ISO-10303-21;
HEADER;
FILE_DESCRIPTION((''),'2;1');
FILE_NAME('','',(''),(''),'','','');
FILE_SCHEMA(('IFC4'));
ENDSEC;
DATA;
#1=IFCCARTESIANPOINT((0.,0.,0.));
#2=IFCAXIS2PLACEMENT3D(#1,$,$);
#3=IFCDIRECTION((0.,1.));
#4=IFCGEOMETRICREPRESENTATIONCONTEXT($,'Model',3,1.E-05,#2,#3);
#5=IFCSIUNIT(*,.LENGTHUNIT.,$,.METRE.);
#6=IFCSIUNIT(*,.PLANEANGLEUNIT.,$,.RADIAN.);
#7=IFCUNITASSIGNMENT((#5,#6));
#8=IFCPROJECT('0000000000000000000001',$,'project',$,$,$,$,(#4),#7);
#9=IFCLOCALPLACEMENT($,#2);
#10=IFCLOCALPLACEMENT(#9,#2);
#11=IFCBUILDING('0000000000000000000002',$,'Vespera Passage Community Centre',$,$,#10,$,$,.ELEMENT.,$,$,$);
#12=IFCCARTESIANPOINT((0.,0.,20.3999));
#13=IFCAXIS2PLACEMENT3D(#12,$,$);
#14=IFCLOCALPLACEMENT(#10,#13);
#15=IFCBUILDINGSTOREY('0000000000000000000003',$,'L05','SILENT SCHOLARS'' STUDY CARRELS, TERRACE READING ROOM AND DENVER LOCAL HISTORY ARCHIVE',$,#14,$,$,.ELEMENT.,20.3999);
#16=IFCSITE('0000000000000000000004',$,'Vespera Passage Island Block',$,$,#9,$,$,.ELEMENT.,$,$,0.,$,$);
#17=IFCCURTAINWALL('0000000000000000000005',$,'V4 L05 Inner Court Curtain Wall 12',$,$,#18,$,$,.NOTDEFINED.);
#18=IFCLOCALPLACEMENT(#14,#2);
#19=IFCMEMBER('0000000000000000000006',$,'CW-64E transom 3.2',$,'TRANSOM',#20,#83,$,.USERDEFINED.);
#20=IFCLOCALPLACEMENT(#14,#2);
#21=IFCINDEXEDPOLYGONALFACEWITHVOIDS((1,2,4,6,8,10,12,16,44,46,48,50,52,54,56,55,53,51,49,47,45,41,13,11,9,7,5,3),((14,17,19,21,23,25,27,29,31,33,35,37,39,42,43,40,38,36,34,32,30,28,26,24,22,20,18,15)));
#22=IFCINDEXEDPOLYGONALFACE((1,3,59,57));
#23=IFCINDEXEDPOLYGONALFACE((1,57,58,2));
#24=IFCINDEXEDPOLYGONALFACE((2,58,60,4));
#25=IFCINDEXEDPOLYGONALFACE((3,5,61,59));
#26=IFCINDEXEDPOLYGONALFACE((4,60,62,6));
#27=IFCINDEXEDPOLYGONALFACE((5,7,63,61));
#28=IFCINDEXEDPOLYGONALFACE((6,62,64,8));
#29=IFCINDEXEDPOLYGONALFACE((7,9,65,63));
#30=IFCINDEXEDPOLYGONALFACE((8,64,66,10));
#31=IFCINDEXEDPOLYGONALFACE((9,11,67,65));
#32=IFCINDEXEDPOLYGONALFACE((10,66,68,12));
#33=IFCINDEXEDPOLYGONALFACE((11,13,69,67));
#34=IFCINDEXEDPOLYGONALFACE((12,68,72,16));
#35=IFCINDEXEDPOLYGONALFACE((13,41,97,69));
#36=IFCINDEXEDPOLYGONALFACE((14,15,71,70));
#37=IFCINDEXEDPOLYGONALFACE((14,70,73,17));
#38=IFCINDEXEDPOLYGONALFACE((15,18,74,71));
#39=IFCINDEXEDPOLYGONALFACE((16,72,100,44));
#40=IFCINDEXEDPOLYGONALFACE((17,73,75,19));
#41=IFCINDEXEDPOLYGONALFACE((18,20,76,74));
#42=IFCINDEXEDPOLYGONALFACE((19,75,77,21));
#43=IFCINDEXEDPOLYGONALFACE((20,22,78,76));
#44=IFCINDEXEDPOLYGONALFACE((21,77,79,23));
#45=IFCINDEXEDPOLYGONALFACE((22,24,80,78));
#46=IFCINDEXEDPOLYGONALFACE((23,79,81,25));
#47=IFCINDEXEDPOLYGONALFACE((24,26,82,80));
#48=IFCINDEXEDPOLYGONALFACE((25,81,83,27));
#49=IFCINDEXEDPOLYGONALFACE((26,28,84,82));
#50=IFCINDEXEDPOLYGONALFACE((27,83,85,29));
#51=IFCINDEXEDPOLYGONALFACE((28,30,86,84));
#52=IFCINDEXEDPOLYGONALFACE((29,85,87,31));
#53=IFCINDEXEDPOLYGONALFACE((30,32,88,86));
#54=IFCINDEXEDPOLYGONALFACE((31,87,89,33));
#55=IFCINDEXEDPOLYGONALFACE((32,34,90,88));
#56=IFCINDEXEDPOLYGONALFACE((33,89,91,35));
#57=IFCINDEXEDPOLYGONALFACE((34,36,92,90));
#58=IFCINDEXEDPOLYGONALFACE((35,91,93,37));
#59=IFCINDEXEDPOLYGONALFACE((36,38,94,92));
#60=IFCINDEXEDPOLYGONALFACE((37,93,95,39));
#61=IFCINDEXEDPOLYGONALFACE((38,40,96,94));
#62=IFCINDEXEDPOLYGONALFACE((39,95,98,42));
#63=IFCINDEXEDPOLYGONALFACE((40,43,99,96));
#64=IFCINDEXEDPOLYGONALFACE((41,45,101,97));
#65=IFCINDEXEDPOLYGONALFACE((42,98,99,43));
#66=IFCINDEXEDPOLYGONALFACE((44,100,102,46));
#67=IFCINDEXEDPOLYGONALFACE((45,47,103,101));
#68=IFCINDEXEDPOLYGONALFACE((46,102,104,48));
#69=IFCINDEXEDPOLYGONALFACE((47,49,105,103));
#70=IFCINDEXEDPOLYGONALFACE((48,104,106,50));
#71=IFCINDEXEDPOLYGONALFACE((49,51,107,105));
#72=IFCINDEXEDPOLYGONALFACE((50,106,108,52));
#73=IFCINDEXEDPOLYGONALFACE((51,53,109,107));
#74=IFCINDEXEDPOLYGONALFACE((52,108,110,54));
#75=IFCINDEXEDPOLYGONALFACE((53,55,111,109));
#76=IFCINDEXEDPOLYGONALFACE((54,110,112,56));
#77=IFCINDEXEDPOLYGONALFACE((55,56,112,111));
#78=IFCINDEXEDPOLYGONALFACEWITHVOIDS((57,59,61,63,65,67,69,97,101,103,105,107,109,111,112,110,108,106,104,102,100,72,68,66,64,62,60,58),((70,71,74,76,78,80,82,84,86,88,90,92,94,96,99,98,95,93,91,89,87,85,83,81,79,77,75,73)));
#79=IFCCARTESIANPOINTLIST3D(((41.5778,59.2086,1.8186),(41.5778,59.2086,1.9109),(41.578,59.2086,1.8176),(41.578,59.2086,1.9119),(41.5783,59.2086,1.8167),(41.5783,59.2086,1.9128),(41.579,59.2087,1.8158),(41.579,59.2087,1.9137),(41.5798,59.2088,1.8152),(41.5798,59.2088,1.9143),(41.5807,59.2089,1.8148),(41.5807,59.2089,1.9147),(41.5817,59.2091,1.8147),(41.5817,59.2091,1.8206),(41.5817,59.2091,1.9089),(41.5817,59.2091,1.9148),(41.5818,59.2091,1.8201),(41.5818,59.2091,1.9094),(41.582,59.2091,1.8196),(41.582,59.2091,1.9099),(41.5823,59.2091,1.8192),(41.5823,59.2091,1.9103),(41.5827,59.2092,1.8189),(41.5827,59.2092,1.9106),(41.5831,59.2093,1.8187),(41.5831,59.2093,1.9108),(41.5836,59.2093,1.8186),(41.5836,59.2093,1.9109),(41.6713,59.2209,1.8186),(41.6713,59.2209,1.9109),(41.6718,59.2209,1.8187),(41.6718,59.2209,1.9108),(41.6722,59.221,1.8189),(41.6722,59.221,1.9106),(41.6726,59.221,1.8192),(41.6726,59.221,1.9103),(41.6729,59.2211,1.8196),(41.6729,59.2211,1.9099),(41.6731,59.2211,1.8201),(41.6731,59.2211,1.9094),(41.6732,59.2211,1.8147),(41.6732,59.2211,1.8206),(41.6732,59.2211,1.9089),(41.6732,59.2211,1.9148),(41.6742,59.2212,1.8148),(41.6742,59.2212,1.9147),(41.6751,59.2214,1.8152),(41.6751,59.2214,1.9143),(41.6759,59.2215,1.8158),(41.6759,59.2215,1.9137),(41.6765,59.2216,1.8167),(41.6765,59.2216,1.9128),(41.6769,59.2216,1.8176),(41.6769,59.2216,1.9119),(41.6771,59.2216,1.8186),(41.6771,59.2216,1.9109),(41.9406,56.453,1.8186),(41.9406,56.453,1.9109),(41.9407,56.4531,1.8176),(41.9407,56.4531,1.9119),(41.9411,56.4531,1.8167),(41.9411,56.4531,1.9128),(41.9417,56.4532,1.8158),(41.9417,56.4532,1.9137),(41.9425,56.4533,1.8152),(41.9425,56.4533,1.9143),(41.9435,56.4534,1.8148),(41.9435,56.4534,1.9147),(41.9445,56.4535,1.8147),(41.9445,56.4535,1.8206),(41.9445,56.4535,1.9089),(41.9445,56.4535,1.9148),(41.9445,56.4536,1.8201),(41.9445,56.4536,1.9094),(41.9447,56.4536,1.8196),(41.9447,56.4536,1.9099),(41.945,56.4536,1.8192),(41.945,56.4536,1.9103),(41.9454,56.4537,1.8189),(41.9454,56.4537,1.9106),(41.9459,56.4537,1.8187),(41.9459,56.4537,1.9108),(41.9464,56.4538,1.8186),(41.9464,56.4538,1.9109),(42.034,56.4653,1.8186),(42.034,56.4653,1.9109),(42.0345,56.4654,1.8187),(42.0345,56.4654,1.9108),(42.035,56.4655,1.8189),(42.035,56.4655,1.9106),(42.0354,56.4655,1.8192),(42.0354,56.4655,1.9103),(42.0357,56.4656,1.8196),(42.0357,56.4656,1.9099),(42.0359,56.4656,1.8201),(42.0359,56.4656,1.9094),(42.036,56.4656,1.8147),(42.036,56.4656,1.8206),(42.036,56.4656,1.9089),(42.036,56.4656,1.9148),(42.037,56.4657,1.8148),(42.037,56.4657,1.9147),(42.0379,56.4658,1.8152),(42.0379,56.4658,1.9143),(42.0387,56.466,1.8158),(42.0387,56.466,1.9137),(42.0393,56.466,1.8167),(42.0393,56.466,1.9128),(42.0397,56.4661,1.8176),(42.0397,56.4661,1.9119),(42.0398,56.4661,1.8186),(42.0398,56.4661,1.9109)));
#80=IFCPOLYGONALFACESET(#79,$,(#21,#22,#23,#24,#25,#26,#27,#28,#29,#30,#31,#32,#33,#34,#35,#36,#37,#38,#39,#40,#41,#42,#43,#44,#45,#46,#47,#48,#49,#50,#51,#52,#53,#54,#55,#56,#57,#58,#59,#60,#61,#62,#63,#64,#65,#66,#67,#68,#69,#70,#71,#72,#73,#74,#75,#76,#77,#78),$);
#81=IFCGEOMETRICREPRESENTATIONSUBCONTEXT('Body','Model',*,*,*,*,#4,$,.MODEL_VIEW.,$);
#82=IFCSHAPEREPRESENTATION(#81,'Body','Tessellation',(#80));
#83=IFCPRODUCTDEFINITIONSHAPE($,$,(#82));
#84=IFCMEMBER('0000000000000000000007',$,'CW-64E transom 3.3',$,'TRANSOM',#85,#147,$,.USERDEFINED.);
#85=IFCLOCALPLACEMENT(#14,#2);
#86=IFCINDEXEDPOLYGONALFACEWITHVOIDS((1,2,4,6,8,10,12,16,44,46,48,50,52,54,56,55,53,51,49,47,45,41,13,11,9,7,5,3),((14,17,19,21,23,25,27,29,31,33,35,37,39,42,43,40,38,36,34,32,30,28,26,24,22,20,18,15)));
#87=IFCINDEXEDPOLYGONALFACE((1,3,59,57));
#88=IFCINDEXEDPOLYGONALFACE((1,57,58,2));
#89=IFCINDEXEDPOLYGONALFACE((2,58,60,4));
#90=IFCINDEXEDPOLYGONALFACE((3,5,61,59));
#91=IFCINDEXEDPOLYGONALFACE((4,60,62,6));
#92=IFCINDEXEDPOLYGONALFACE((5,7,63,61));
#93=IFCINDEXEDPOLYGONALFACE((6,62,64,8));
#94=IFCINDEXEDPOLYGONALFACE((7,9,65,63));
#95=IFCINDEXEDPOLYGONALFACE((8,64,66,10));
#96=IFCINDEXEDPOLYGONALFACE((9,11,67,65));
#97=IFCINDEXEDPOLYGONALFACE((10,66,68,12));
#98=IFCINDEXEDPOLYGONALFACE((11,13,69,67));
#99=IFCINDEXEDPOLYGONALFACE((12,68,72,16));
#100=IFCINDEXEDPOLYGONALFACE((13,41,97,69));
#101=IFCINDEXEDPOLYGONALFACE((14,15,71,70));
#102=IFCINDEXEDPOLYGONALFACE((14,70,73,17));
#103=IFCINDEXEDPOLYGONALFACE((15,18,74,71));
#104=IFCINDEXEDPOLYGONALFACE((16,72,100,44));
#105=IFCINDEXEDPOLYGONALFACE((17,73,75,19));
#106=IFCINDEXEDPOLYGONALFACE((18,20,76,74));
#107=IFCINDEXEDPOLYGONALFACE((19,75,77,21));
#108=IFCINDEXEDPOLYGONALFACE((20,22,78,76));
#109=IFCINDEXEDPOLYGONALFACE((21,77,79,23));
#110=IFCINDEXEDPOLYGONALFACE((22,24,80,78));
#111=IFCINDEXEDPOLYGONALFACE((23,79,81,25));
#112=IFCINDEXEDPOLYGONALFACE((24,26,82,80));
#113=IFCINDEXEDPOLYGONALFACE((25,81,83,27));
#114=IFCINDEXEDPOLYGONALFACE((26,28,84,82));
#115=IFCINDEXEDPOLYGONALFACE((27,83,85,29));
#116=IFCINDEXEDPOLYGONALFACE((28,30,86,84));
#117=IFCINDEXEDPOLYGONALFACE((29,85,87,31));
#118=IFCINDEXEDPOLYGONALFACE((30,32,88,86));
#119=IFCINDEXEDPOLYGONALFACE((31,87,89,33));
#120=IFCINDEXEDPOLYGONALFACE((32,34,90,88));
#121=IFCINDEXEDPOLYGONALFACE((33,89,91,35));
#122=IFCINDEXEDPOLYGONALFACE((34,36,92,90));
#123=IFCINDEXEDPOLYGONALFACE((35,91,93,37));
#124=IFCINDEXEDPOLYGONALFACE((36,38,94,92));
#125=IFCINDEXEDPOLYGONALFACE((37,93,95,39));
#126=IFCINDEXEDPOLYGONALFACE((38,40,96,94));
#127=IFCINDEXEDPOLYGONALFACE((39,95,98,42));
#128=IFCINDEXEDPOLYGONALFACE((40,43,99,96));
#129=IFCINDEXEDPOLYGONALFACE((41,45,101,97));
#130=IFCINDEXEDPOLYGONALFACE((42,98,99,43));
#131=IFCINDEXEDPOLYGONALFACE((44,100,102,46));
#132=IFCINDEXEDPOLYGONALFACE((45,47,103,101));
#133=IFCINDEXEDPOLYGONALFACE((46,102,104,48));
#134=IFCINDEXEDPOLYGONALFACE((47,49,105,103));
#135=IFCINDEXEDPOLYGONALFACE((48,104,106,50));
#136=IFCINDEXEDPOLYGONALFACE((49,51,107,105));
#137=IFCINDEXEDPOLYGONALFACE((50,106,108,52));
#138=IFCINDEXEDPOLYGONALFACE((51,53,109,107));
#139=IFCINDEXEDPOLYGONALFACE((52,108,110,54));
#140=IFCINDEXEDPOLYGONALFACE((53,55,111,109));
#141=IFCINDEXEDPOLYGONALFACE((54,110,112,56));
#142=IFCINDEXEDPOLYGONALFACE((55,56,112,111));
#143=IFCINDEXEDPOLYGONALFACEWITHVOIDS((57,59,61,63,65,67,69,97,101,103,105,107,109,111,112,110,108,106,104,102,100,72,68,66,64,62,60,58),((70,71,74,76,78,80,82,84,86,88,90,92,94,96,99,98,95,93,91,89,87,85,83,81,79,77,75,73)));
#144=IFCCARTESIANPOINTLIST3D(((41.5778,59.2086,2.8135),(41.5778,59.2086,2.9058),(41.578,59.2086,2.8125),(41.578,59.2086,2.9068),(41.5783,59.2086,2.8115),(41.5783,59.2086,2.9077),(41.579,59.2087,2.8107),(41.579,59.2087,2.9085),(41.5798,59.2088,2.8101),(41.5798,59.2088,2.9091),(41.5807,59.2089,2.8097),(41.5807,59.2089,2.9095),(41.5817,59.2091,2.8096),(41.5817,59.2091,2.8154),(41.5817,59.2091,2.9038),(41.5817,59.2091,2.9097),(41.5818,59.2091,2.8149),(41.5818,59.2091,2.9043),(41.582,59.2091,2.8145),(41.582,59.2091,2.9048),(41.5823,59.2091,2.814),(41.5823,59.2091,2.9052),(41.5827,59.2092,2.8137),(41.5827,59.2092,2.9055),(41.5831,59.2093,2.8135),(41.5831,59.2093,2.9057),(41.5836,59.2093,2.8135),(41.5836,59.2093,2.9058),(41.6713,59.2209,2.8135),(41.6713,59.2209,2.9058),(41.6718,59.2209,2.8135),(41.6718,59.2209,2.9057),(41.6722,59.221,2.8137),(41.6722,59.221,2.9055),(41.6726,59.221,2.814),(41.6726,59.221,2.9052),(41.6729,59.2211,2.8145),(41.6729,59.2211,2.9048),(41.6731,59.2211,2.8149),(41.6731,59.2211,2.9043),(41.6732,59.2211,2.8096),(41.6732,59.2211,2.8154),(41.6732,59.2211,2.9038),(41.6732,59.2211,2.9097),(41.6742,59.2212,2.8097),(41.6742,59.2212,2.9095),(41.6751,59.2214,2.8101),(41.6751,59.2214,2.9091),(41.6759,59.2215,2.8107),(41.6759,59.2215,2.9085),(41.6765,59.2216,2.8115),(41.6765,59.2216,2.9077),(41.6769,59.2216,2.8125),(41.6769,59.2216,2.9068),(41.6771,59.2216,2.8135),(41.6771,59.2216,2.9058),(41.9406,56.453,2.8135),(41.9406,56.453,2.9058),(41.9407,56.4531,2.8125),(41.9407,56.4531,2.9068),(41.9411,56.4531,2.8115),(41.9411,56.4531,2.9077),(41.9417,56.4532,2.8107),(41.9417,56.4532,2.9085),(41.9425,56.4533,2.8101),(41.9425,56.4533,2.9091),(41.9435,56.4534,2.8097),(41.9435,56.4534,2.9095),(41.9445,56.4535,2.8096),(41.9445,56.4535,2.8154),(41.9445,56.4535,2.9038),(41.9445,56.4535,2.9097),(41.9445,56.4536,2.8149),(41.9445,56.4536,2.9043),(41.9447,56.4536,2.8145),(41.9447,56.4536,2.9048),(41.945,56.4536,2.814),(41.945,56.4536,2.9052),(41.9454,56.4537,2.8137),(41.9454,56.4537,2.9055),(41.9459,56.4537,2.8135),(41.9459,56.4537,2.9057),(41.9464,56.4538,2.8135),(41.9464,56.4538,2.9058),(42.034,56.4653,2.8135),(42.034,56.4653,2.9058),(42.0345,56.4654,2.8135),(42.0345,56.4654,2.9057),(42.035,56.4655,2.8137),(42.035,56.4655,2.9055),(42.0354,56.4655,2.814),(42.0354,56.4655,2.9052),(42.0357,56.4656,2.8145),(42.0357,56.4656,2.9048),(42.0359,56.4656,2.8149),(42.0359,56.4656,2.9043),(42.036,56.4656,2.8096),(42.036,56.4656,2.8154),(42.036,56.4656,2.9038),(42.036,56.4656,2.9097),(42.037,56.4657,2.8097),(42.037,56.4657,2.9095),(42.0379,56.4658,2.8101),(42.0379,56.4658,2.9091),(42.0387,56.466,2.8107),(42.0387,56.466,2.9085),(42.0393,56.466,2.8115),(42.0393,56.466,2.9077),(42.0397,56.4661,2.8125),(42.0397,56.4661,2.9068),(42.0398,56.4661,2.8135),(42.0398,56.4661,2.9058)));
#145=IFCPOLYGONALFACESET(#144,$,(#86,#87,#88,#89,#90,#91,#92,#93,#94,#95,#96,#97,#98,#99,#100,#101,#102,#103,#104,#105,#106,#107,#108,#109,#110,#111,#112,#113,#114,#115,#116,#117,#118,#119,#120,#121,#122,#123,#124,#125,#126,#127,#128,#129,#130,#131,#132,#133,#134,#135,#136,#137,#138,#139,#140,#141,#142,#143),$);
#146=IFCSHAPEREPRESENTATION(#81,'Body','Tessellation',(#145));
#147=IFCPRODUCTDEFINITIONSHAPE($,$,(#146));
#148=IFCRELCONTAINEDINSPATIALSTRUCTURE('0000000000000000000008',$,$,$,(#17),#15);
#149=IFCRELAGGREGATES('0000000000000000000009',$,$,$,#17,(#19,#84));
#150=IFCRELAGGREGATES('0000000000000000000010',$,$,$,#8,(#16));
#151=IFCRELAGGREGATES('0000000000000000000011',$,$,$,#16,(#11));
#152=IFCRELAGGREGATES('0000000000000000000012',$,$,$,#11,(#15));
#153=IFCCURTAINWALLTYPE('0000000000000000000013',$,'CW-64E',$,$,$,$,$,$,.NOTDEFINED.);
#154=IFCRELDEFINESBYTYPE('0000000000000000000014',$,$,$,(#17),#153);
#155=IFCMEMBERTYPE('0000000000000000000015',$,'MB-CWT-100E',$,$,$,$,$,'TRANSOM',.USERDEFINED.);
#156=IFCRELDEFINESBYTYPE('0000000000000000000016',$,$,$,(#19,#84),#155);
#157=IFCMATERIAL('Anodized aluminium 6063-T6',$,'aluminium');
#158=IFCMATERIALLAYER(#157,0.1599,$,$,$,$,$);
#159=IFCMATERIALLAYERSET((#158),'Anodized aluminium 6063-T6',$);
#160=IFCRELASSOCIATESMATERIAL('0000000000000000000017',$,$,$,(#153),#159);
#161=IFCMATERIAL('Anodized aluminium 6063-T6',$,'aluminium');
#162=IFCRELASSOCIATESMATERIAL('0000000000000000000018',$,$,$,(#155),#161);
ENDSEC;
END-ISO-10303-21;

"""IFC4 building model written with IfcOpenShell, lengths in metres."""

from ifc_helpers import new_model, si_unit, direction, frame, origin, origin_2d, place, context, subcontext, project, spatial, hollow_rectangle, extrude, material, layer, layer_set, material_profile, profile_set, type_object, element, aggregate, save


model = new_model("IFC4")

# Units and contexts
model_context = context("Model", 3, precision=1e-05, world=origin(), true_north=direction((0.0, 1.0)))
body_context = subcontext(model_context, "Body", "Model", "MODEL_VIEW")
ifc_project = project(units=[si_unit("LENGTHUNIT", "METRE"), si_unit("PLANEANGLEUNIT", "RADIAN")], contexts=[model_context])

# Site, building, storey
site_placement = place(None, origin())
site = spatial("IfcSite", under=ifc_project, at=site_placement, Name="Vespera Passage Island Block", CompositionType="ELEMENT", RefElevation=0.0)
building_placement = place(site_placement, origin())
building = spatial("IfcBuilding", under=site, at=building_placement, Name="Vespera Passage Community Centre", CompositionType="ELEMENT")
storey_placement = place(building_placement, frame((0.0, 0.0, 20.3999)))
storey = spatial("IfcBuildingStorey", under=building, at=storey_placement, Name="L05", Description="SILENT SCHOLARS' STUDY CARRELS, TERRACE READING ROOM AND DENVER LOCAL HISTORY ARCHIVE", CompositionType="ELEMENT", Elevation=20.3999)

# Curtain wall
ifc_material_1 = material(Name="Anodized aluminium 6063-T6", Category="aluminium")
ifc_layer_1 = layer(ifc_material_1, 0.1599)
ifc_layer_set_1 = layer_set([ifc_layer_1], Name="Anodized aluminium 6063-T6")
curtain_wall_type_1 = type_object("IfcCurtainWallType", Name="CW-64E", PredefinedType="NOTDEFINED", material=ifc_layer_set_1)
curtain_wall_1_placement = place(storey_placement, origin())
curtain_wall_1 = element("IfcCurtainWall", 1, at=curtain_wall_1_placement, inside=storey, type_object=curtain_wall_type_1, Name="V4 L05 Inner Court Curtain Wall 12", PredefinedType="NOTDEFINED")

# Members
ifc_material_2 = material(Name="Anodized aluminium 6063-T6", Category="aluminium")
ifc_material_profile_1 = material_profile(ifc_material_2, hollow_rectangle(XDim=0.1001, YDim=0.1001, WallThickness=0.0039, InnerFilletRadius=0.002, OuterFilletRadius=0.0039, at=origin_2d()), Name="ALU100X100X4")
ifc_profile_set_1 = profile_set([ifc_material_profile_1], Name="Anodized aluminium 6063-T6")
member_type_1 = type_object("IfcMemberType", Name="MB-CWT-100E", ElementType="TRANSOM", PredefinedType="USERDEFINED", material=ifc_profile_set_1)
member_1_placement = place(storey_placement, frame((41.6274, 59.2151, 1.8647), z_axis=(0.130529, -0.991444, 0.0), x_axis=(0.991444, 0.130529, 0.0)))
member_1 = element("IfcMember", 2, at=member_1_placement, type_object=member_type_1, Name="CW-64E transom 3.2", ObjectType="TRANSOM", PredefinedType="USERDEFINED", context=body_context, shape_type="SweptSolid", body=[
    extrude(hollow_rectangle(XDim=0.1001, YDim=0.1001, WallThickness=0.0039, InnerFilletRadius=0.002, OuterFilletRadius=0.0039, at=origin_2d()), origin(), (0.0, 0.0, 1.0), 2.7793),
])
member_2_placement = place(storey_placement, frame((41.6274, 59.2151, 2.8596), z_axis=(0.130529, -0.991444, 0.0), x_axis=(0.991444, 0.130529, 0.0)))
member_2 = element("IfcMember", 3, at=member_2_placement, type_object=member_type_1, Name="CW-64E transom 3.3", ObjectType="TRANSOM", PredefinedType="USERDEFINED", context=body_context, shape_type="SweptSolid", body=[
    extrude(hollow_rectangle(XDim=0.1001, YDim=0.1001, WallThickness=0.0039, InnerFilletRadius=0.002, OuterFilletRadius=0.0039, at=origin_2d()), origin(), (0.0, 0.0, 1.0), 2.7793),
])

aggregate(curtain_wall_1, [member_1, member_2])

save(model, "model.ifc")
